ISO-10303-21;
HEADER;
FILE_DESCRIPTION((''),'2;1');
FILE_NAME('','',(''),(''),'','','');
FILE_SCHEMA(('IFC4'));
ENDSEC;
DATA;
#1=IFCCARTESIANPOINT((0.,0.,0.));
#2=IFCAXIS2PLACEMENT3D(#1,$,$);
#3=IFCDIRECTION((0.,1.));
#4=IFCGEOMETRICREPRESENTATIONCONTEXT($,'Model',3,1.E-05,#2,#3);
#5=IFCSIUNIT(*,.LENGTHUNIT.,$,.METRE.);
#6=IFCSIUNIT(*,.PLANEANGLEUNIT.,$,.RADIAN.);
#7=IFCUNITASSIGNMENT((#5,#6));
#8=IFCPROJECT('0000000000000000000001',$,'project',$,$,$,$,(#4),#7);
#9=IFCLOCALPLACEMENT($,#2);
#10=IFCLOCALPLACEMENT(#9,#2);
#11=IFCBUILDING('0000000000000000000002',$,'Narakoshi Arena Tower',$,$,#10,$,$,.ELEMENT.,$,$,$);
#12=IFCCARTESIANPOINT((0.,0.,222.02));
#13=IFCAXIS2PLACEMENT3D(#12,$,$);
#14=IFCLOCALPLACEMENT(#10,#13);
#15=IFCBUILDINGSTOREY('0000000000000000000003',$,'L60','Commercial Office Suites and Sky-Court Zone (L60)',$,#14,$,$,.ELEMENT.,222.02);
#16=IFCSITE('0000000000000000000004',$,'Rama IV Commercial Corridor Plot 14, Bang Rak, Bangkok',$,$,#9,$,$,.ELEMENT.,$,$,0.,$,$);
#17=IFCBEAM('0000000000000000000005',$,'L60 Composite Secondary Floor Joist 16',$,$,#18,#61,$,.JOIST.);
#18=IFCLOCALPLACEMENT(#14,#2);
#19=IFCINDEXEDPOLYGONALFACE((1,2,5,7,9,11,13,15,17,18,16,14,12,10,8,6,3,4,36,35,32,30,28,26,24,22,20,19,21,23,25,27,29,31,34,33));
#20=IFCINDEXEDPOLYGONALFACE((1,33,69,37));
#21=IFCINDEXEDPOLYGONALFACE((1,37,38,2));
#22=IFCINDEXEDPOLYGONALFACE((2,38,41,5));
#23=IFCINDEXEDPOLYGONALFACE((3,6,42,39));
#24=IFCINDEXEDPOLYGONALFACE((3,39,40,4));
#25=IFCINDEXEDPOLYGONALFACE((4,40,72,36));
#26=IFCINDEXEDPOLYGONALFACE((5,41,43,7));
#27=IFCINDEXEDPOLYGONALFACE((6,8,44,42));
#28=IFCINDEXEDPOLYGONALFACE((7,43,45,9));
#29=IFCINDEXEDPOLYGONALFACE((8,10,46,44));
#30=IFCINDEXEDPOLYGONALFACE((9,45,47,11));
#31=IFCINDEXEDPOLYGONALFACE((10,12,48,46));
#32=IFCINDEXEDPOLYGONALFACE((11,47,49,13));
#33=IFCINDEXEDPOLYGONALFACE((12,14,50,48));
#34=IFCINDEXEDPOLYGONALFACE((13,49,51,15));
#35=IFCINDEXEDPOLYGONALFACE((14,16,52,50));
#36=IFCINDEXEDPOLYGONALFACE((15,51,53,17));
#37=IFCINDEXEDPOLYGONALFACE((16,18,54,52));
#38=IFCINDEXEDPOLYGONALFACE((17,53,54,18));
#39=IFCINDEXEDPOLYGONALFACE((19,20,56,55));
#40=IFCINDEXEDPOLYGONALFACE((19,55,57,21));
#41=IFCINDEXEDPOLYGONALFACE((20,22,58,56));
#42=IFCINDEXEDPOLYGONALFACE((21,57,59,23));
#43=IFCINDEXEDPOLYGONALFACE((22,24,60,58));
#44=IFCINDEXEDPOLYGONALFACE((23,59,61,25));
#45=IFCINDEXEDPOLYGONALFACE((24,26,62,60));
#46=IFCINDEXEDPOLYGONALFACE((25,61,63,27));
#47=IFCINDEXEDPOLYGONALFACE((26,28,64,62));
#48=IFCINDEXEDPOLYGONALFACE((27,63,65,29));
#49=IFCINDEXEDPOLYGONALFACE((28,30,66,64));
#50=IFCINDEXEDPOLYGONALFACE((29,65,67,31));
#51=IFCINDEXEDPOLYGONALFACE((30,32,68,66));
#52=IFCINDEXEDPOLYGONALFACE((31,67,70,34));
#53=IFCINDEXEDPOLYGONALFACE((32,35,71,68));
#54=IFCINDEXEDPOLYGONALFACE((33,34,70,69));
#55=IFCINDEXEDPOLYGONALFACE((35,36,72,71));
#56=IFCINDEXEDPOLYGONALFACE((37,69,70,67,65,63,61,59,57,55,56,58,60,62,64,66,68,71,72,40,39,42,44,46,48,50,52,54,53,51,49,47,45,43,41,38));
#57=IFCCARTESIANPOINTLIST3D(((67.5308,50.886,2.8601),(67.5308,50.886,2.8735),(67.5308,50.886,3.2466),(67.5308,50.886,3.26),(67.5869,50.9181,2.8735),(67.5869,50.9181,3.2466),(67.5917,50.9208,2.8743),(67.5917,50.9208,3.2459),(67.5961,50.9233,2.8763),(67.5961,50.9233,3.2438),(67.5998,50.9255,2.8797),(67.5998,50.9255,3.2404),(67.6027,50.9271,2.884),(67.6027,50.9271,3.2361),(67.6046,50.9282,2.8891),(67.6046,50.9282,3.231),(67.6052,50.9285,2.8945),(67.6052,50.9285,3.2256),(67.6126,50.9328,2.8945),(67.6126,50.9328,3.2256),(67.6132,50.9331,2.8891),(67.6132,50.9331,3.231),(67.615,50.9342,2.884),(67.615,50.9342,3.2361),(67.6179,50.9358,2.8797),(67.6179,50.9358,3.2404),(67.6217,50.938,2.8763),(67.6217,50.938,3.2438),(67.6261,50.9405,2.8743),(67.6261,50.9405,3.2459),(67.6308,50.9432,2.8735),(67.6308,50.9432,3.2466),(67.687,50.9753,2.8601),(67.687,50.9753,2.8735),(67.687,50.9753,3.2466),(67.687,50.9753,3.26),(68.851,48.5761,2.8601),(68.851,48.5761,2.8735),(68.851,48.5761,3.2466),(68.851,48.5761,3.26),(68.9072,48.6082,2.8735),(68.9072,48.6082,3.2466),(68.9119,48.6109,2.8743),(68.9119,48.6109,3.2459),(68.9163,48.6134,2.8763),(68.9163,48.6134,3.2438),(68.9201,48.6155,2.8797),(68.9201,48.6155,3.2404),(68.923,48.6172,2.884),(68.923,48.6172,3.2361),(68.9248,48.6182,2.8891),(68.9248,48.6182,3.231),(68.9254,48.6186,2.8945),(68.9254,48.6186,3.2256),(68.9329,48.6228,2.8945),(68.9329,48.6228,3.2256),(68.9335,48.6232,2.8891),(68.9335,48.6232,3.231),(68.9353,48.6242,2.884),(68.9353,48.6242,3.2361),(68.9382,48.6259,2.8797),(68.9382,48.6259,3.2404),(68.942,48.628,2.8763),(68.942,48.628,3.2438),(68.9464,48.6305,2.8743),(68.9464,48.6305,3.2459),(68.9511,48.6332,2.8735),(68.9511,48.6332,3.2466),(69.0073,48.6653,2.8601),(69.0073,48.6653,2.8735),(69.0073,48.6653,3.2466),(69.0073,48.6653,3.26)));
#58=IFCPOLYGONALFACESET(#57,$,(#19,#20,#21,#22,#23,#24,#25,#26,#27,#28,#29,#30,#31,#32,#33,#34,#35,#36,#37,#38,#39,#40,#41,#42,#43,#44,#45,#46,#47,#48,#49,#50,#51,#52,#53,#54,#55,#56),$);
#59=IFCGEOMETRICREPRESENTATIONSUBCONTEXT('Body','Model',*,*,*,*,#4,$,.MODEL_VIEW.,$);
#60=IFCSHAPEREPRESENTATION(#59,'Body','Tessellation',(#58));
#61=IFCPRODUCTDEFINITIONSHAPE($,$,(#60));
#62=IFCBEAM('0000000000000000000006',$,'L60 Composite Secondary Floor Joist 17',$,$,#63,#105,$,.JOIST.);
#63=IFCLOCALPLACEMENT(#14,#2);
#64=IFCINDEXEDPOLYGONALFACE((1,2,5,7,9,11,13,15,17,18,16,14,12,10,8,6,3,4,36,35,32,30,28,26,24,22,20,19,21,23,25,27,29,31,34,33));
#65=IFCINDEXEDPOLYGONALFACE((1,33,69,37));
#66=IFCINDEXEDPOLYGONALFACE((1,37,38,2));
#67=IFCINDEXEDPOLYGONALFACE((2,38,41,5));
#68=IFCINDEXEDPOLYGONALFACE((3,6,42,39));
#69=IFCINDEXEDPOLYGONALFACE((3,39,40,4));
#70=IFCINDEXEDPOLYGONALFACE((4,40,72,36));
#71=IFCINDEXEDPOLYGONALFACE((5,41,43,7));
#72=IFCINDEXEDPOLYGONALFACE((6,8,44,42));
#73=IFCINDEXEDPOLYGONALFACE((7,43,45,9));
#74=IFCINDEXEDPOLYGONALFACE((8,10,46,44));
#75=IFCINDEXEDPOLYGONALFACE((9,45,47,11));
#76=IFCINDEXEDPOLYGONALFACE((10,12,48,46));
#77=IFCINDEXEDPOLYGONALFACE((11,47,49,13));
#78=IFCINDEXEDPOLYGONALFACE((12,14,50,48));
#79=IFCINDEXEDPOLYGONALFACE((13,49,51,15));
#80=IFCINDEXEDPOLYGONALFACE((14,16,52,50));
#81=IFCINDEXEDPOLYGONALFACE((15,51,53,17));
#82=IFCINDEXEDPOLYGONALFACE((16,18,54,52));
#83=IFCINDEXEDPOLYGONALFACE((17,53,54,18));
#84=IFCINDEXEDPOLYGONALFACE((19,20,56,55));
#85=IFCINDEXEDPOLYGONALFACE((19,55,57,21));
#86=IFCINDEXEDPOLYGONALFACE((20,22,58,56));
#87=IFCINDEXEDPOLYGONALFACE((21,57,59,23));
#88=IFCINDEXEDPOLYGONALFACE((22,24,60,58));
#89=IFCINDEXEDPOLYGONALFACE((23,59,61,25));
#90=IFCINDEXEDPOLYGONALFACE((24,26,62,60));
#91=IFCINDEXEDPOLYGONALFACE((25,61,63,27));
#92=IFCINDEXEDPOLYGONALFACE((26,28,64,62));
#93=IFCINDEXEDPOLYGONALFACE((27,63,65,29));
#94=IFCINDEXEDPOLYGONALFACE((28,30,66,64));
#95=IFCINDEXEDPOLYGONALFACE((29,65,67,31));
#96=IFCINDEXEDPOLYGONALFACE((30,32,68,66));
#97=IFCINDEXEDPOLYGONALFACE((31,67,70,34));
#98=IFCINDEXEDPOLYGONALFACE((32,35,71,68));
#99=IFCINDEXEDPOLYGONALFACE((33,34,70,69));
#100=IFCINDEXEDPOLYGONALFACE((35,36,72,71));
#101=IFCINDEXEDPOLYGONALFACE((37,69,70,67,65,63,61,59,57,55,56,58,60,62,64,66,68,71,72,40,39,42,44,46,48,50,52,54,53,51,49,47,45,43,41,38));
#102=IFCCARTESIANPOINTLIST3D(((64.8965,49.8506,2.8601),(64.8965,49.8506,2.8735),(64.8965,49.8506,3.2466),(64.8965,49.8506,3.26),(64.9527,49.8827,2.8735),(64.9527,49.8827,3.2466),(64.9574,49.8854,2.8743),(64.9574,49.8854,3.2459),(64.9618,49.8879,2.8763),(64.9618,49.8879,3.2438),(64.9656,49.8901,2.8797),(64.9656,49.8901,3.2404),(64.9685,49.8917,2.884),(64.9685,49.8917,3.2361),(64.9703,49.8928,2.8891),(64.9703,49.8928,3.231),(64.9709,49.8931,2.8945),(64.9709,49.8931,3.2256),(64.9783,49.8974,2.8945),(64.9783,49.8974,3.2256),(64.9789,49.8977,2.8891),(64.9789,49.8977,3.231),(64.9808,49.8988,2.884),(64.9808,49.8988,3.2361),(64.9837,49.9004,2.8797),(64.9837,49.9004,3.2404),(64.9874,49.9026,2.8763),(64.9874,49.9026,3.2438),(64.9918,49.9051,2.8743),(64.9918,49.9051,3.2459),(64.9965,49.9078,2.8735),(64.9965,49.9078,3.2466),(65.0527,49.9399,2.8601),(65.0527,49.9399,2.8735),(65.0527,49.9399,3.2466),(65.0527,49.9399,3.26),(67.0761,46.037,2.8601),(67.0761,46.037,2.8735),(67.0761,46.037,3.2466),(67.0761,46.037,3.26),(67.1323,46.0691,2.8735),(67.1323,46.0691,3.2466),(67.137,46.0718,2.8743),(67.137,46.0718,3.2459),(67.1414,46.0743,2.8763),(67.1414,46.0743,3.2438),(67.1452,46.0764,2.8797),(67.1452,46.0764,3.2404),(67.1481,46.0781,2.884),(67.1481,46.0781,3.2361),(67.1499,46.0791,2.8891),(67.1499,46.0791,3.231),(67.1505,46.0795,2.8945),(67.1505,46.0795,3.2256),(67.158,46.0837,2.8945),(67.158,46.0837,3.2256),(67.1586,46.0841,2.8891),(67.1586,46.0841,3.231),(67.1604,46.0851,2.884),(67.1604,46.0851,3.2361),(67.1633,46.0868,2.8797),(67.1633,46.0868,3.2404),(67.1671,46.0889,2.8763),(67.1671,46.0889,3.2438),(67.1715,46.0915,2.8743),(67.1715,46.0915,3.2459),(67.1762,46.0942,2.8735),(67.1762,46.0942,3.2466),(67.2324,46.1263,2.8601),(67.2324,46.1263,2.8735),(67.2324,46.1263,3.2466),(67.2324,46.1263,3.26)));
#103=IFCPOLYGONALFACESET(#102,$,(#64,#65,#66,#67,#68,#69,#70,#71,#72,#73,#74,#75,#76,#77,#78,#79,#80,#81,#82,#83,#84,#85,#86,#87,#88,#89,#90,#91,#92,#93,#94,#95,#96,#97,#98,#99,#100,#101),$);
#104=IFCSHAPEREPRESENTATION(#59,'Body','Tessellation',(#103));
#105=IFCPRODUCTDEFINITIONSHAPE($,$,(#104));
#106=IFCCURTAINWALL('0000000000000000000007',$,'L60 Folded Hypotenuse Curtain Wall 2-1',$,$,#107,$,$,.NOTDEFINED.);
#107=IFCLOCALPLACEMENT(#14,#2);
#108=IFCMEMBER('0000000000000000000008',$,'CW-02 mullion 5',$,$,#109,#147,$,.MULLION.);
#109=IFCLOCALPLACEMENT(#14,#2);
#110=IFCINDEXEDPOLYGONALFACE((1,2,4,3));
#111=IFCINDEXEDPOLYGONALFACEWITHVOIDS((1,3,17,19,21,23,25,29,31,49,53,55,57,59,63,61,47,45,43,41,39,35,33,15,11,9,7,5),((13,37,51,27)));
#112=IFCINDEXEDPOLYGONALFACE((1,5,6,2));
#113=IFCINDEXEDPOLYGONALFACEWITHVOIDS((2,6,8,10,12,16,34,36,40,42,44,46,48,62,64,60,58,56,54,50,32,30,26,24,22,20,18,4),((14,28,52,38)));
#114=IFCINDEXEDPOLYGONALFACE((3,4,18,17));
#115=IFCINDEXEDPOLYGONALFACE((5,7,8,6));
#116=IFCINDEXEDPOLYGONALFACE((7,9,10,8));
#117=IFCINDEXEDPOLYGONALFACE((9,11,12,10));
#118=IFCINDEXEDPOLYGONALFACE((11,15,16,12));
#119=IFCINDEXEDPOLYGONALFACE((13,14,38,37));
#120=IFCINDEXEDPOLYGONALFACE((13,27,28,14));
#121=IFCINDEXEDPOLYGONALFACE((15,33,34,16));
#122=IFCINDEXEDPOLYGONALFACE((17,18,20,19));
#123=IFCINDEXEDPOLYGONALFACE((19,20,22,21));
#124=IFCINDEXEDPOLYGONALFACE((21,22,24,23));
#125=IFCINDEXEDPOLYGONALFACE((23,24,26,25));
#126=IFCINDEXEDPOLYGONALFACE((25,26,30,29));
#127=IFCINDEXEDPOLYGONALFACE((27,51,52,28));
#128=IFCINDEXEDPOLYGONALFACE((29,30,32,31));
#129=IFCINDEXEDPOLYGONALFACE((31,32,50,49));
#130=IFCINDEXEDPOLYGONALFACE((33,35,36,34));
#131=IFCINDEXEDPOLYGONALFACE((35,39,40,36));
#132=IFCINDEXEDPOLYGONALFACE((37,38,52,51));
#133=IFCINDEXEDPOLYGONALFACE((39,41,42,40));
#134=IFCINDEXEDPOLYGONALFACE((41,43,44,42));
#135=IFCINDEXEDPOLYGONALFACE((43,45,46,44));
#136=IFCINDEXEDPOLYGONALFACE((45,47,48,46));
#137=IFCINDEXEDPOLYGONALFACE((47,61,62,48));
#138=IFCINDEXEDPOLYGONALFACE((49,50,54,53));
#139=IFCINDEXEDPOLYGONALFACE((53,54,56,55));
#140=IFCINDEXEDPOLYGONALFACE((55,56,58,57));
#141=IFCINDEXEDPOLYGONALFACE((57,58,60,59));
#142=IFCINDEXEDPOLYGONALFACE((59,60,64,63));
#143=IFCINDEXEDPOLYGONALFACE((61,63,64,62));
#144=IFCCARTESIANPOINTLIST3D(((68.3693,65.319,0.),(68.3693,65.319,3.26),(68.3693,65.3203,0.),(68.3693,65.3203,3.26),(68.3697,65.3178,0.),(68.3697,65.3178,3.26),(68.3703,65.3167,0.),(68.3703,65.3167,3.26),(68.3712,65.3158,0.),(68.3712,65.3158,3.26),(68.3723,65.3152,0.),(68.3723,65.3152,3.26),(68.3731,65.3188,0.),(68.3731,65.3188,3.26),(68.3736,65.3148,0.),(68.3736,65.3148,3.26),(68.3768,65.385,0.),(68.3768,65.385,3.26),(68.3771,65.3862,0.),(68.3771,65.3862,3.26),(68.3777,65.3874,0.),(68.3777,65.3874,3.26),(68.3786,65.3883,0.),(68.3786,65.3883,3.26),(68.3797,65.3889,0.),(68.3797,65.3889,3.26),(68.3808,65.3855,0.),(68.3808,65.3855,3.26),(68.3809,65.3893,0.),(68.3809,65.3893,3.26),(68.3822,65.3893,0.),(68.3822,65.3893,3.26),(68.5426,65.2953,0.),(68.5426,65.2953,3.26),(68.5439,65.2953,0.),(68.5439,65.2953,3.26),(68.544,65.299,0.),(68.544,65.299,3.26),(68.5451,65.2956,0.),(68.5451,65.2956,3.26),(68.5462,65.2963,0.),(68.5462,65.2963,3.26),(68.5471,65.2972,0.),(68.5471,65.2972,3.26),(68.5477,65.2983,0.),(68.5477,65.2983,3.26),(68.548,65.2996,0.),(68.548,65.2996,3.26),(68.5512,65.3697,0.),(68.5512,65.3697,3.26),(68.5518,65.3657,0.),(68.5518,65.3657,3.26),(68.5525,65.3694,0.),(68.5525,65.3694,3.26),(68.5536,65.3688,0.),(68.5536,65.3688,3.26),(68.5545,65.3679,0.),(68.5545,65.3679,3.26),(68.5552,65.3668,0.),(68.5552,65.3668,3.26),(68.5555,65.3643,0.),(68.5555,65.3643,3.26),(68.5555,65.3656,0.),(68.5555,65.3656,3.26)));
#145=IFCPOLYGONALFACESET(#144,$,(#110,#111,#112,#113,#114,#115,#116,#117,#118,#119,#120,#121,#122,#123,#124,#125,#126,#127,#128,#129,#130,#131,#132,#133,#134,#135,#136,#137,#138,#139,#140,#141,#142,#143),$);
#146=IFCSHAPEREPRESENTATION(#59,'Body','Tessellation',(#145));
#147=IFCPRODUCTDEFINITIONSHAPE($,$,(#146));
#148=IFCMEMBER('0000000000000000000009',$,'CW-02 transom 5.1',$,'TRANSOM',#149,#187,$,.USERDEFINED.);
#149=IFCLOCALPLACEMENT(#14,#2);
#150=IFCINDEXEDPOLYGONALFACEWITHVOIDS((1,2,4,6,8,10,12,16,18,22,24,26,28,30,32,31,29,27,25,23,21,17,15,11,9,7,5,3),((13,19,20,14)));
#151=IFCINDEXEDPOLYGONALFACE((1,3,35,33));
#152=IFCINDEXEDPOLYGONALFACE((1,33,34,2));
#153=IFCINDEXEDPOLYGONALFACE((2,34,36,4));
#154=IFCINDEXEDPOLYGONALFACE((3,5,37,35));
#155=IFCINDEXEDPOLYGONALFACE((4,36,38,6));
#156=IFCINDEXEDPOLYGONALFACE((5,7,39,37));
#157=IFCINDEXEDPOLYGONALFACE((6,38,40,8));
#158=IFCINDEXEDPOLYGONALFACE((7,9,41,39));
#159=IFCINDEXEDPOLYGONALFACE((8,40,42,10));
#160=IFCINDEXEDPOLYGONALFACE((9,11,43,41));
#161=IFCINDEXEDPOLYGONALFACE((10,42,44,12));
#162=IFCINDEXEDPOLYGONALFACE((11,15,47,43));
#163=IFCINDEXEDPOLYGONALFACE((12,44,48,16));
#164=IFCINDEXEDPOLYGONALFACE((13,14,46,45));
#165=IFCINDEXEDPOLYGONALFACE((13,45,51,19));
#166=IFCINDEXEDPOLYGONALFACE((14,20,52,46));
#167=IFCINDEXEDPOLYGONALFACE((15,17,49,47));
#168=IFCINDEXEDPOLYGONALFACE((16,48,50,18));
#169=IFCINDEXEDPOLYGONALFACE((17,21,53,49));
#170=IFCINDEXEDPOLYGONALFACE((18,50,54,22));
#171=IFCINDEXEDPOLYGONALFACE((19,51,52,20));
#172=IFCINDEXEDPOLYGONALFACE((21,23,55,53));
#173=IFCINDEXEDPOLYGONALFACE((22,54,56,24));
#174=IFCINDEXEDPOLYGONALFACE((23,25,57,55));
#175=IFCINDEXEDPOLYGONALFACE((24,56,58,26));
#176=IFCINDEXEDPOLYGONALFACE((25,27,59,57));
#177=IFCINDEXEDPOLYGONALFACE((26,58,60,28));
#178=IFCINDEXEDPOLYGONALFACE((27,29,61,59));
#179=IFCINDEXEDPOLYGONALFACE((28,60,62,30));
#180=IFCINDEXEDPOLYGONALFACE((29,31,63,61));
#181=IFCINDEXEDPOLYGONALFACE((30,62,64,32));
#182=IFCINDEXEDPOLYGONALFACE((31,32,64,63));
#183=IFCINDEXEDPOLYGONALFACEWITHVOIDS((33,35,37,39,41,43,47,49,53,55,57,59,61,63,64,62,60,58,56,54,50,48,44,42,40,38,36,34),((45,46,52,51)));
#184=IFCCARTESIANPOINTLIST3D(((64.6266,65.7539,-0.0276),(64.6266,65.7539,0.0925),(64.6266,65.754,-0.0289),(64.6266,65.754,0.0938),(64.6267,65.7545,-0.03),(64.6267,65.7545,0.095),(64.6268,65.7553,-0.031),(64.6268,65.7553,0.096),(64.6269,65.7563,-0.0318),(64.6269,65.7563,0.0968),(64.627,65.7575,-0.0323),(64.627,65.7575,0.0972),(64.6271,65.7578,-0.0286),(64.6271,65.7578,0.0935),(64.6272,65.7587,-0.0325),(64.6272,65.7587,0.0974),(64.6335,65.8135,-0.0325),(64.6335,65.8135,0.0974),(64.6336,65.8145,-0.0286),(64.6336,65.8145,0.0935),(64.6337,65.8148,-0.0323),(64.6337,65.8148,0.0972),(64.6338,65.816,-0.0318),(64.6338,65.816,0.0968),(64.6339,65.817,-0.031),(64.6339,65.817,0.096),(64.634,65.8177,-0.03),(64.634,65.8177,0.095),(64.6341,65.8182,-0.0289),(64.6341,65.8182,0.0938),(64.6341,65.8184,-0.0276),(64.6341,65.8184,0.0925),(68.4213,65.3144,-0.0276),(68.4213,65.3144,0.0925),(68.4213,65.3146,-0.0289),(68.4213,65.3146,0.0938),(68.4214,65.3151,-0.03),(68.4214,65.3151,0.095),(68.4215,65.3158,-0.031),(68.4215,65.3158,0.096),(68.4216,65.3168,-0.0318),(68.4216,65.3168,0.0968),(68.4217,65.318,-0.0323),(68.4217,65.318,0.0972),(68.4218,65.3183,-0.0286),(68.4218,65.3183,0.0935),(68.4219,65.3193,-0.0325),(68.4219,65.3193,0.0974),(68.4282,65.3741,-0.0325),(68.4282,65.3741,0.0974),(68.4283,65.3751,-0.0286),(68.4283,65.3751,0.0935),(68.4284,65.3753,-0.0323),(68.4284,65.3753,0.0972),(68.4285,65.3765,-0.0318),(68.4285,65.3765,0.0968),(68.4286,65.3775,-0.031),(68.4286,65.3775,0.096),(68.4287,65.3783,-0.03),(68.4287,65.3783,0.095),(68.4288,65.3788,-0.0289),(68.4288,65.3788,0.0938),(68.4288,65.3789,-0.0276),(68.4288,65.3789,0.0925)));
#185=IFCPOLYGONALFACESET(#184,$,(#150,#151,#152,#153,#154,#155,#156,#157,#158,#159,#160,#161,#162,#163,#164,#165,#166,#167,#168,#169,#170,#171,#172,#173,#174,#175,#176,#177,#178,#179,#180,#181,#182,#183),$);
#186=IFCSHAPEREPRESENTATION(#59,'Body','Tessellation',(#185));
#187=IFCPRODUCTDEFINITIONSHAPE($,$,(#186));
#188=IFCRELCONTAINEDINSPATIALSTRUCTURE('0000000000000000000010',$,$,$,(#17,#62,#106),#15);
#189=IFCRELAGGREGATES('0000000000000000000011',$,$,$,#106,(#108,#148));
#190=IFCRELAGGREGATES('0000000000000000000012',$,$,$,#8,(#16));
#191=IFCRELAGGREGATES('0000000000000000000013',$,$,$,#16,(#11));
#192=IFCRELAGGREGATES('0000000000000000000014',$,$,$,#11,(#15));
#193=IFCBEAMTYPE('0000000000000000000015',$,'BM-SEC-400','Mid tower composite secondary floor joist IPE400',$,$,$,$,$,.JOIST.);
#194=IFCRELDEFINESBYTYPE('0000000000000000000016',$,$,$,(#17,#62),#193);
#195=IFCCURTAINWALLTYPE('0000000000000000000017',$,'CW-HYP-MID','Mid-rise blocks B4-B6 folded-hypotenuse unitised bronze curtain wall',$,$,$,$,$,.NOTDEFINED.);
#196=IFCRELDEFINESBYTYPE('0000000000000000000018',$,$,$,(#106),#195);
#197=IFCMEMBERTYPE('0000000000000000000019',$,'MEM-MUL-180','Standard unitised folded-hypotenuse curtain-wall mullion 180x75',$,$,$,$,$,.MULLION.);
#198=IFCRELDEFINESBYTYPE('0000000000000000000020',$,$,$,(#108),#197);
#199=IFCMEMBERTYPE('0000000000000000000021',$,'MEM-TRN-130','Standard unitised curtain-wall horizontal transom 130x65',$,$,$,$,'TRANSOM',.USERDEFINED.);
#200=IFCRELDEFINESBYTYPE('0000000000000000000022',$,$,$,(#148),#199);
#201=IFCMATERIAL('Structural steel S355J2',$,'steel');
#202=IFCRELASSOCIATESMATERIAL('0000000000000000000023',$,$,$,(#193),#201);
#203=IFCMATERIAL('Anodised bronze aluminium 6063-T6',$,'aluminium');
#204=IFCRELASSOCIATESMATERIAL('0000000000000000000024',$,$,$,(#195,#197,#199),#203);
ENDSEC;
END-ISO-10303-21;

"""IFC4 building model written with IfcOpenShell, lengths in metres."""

from ifc_helpers import new_model, si_unit, direction, frame, origin, origin_2d, place, context, subcontext, project, spatial, hollow_rectangle, i_section, extrude, material, material_profile, profile_set, type_object, element, aggregate, save


model = new_model("IFC4")

# Units and contexts
model_context = context("Model", 3, precision=1e-05, world=origin(), true_north=direction((0.0, 1.0)))
body_context = subcontext(model_context, "Body", "Model", "MODEL_VIEW")
ifc_project = project(units=[si_unit("LENGTHUNIT", "METRE"), si_unit("PLANEANGLEUNIT", "RADIAN")], contexts=[model_context])

# Site, building, storey
site_placement = place(None, origin())
site = spatial("IfcSite", under=ifc_project, at=site_placement, Name="Rama IV Commercial Corridor Plot 14, Bang Rak, Bangkok", CompositionType="ELEMENT", RefElevation=0.0)
building_placement = place(site_placement, origin())
building = spatial("IfcBuilding", under=site, at=building_placement, Name="Narakoshi Arena Tower", CompositionType="ELEMENT")
storey_placement = place(building_placement, frame((0.0, 0.0, 222.02)))
storey = spatial("IfcBuildingStorey", under=building, at=storey_placement, Name="L60", Description="Commercial Office Suites and Sky-Court Zone (L60)", CompositionType="ELEMENT", Elevation=222.02)

# Beams
ifc_material_1 = material(Name="Structural steel S355J2", Category="steel")
ifc_material_profile_1 = material_profile(ifc_material_1, i_section(OverallWidth=0.1799, OverallDepth=0.3999, WebThickness=0.0085, FlangeThickness=0.0134, FilletRadius=0.021, at=origin_2d()), Name="IPE400")
ifc_profile_set_1 = profile_set([ifc_material_profile_1], Name="Structural steel S355J2")
beam_type = type_object("IfcBeamType", Name="BM-SEC-400", Description="Mid tower composite secondary floor joist IPE400", PredefinedType="JOIST", material=ifc_profile_set_1)
beam_1_placement = place(storey_placement, frame((67.6089, 50.9307, 3.0601), z_axis=(0.496218, -0.868198, 0.0), x_axis=(0.868198, 0.496218, 0.0)))
element("IfcBeam", 1, at=beam_1_placement, inside=storey, type_object=beam_type, Name="L60 Composite Secondary Floor Joist 16", PredefinedType="JOIST", context=body_context, shape_type="SweptSolid", body=[
    extrude(i_section(OverallWidth=0.1799, OverallDepth=0.3999, WebThickness=0.0085, FlangeThickness=0.0134, FilletRadius=0.021, at=origin_2d()), origin(), (0.0, 0.0, 1.0), 2.6606),
])
beam_2_placement = place(storey_placement, frame((64.9746, 49.8953, 3.0601), z_axis=(0.496211, -0.868202, 0.0), x_axis=(0.868202, 0.496211, 0.0)))
element("IfcBeam", 2, at=beam_2_placement, inside=storey, type_object=beam_type, Name="L60 Composite Secondary Floor Joist 17", PredefinedType="JOIST", context=body_context, shape_type="SweptSolid", body=[
    extrude(i_section(OverallWidth=0.1799, OverallDepth=0.3999, WebThickness=0.0085, FlangeThickness=0.0134, FilletRadius=0.021, at=origin_2d()), origin(), (0.0, 0.0, 1.0), 4.3926),
])

# Curtain wall, members
ifc_material_2 = material(Name="Anodised bronze aluminium 6063-T6", Category="aluminium")
curtain_wall_type = type_object("IfcCurtainWallType", Name="CW-HYP-MID", Description="Mid-rise blocks B4-B6 folded-hypotenuse unitised bronze curtain wall", PredefinedType="NOTDEFINED", material=ifc_material_2)
curtain_wall_placement = place(storey_placement, origin())
curtain_wall = element("IfcCurtainWall", 3, at=curtain_wall_placement, inside=storey, type_object=curtain_wall_type, Name="L60 Folded Hypotenuse Curtain Wall 2-1", PredefinedType="NOTDEFINED")
ifc_material_profile_2 = material_profile(ifc_material_2, hollow_rectangle(XDim=0.075, YDim=0.1799, WallThickness=0.0039, OuterFilletRadius=0.0049, at=origin_2d()), Name="MUL180x75x4")
ifc_profile_set_2 = profile_set([ifc_material_profile_2], Name="Anodised bronze aluminium 6063-T6")
member_type_1 = type_object("IfcMemberType", Name="MEM-MUL-180", Description="Standard unitised folded-hypotenuse curtain-wall mullion 180x75", PredefinedType="MULLION", material=ifc_profile_set_2)
member_1_placement = place(storey_placement, frame((68.4624, 65.3423, 0.0), z_axis=(0.0, 0.0, 1.0), x_axis=(-0.115011, -0.993364, 0.0)))
member_1 = element("IfcMember", 4, at=member_1_placement, type_object=member_type_1, Name="CW-02 mullion 5", PredefinedType="MULLION", context=body_context, shape_type="SweptSolid", body=[
    extrude(hollow_rectangle(XDim=0.075, YDim=0.1799, WallThickness=0.0039, OuterFilletRadius=0.0049, at=origin_2d()), origin(), (0.0, 0.0, 1.0), 3.26),
])
ifc_material_profile_3 = material_profile(ifc_material_2, hollow_rectangle(XDim=0.0649, YDim=0.1299, WallThickness=0.0039, OuterFilletRadius=0.0049, at=origin_2d()), Name="TRN130x65x4")
ifc_profile_set_3 = profile_set([ifc_material_profile_3], Name="Anodised bronze aluminium 6063-T6")
member_type_2 = type_object("IfcMemberType", Name="MEM-TRN-130", Description="Standard unitised curtain-wall horizontal transom 130x65", ElementType="TRANSOM", PredefinedType="USERDEFINED", material=ifc_profile_set_3)
member_2_placement = place(storey_placement, frame((68.425, 65.3467, 0.0325), z_axis=(-0.993361, 0.115039, 0.0), x_axis=(-0.115039, -0.993361, 0.0)))
member_2 = element("IfcMember", 5, at=member_2_placement, type_object=member_type_2, Name="CW-02 transom 5.1", ObjectType="TRANSOM", PredefinedType="USERDEFINED", context=body_context, shape_type="SweptSolid", body=[
    extrude(hollow_rectangle(XDim=0.0649, YDim=0.1299, WallThickness=0.0039, OuterFilletRadius=0.0049, at=origin_2d()), origin(), (0.0, 0.0, 1.0), 3.8201),
])
aggregate(curtain_wall, [member_1, member_2])

save(model, "model.ifc")
